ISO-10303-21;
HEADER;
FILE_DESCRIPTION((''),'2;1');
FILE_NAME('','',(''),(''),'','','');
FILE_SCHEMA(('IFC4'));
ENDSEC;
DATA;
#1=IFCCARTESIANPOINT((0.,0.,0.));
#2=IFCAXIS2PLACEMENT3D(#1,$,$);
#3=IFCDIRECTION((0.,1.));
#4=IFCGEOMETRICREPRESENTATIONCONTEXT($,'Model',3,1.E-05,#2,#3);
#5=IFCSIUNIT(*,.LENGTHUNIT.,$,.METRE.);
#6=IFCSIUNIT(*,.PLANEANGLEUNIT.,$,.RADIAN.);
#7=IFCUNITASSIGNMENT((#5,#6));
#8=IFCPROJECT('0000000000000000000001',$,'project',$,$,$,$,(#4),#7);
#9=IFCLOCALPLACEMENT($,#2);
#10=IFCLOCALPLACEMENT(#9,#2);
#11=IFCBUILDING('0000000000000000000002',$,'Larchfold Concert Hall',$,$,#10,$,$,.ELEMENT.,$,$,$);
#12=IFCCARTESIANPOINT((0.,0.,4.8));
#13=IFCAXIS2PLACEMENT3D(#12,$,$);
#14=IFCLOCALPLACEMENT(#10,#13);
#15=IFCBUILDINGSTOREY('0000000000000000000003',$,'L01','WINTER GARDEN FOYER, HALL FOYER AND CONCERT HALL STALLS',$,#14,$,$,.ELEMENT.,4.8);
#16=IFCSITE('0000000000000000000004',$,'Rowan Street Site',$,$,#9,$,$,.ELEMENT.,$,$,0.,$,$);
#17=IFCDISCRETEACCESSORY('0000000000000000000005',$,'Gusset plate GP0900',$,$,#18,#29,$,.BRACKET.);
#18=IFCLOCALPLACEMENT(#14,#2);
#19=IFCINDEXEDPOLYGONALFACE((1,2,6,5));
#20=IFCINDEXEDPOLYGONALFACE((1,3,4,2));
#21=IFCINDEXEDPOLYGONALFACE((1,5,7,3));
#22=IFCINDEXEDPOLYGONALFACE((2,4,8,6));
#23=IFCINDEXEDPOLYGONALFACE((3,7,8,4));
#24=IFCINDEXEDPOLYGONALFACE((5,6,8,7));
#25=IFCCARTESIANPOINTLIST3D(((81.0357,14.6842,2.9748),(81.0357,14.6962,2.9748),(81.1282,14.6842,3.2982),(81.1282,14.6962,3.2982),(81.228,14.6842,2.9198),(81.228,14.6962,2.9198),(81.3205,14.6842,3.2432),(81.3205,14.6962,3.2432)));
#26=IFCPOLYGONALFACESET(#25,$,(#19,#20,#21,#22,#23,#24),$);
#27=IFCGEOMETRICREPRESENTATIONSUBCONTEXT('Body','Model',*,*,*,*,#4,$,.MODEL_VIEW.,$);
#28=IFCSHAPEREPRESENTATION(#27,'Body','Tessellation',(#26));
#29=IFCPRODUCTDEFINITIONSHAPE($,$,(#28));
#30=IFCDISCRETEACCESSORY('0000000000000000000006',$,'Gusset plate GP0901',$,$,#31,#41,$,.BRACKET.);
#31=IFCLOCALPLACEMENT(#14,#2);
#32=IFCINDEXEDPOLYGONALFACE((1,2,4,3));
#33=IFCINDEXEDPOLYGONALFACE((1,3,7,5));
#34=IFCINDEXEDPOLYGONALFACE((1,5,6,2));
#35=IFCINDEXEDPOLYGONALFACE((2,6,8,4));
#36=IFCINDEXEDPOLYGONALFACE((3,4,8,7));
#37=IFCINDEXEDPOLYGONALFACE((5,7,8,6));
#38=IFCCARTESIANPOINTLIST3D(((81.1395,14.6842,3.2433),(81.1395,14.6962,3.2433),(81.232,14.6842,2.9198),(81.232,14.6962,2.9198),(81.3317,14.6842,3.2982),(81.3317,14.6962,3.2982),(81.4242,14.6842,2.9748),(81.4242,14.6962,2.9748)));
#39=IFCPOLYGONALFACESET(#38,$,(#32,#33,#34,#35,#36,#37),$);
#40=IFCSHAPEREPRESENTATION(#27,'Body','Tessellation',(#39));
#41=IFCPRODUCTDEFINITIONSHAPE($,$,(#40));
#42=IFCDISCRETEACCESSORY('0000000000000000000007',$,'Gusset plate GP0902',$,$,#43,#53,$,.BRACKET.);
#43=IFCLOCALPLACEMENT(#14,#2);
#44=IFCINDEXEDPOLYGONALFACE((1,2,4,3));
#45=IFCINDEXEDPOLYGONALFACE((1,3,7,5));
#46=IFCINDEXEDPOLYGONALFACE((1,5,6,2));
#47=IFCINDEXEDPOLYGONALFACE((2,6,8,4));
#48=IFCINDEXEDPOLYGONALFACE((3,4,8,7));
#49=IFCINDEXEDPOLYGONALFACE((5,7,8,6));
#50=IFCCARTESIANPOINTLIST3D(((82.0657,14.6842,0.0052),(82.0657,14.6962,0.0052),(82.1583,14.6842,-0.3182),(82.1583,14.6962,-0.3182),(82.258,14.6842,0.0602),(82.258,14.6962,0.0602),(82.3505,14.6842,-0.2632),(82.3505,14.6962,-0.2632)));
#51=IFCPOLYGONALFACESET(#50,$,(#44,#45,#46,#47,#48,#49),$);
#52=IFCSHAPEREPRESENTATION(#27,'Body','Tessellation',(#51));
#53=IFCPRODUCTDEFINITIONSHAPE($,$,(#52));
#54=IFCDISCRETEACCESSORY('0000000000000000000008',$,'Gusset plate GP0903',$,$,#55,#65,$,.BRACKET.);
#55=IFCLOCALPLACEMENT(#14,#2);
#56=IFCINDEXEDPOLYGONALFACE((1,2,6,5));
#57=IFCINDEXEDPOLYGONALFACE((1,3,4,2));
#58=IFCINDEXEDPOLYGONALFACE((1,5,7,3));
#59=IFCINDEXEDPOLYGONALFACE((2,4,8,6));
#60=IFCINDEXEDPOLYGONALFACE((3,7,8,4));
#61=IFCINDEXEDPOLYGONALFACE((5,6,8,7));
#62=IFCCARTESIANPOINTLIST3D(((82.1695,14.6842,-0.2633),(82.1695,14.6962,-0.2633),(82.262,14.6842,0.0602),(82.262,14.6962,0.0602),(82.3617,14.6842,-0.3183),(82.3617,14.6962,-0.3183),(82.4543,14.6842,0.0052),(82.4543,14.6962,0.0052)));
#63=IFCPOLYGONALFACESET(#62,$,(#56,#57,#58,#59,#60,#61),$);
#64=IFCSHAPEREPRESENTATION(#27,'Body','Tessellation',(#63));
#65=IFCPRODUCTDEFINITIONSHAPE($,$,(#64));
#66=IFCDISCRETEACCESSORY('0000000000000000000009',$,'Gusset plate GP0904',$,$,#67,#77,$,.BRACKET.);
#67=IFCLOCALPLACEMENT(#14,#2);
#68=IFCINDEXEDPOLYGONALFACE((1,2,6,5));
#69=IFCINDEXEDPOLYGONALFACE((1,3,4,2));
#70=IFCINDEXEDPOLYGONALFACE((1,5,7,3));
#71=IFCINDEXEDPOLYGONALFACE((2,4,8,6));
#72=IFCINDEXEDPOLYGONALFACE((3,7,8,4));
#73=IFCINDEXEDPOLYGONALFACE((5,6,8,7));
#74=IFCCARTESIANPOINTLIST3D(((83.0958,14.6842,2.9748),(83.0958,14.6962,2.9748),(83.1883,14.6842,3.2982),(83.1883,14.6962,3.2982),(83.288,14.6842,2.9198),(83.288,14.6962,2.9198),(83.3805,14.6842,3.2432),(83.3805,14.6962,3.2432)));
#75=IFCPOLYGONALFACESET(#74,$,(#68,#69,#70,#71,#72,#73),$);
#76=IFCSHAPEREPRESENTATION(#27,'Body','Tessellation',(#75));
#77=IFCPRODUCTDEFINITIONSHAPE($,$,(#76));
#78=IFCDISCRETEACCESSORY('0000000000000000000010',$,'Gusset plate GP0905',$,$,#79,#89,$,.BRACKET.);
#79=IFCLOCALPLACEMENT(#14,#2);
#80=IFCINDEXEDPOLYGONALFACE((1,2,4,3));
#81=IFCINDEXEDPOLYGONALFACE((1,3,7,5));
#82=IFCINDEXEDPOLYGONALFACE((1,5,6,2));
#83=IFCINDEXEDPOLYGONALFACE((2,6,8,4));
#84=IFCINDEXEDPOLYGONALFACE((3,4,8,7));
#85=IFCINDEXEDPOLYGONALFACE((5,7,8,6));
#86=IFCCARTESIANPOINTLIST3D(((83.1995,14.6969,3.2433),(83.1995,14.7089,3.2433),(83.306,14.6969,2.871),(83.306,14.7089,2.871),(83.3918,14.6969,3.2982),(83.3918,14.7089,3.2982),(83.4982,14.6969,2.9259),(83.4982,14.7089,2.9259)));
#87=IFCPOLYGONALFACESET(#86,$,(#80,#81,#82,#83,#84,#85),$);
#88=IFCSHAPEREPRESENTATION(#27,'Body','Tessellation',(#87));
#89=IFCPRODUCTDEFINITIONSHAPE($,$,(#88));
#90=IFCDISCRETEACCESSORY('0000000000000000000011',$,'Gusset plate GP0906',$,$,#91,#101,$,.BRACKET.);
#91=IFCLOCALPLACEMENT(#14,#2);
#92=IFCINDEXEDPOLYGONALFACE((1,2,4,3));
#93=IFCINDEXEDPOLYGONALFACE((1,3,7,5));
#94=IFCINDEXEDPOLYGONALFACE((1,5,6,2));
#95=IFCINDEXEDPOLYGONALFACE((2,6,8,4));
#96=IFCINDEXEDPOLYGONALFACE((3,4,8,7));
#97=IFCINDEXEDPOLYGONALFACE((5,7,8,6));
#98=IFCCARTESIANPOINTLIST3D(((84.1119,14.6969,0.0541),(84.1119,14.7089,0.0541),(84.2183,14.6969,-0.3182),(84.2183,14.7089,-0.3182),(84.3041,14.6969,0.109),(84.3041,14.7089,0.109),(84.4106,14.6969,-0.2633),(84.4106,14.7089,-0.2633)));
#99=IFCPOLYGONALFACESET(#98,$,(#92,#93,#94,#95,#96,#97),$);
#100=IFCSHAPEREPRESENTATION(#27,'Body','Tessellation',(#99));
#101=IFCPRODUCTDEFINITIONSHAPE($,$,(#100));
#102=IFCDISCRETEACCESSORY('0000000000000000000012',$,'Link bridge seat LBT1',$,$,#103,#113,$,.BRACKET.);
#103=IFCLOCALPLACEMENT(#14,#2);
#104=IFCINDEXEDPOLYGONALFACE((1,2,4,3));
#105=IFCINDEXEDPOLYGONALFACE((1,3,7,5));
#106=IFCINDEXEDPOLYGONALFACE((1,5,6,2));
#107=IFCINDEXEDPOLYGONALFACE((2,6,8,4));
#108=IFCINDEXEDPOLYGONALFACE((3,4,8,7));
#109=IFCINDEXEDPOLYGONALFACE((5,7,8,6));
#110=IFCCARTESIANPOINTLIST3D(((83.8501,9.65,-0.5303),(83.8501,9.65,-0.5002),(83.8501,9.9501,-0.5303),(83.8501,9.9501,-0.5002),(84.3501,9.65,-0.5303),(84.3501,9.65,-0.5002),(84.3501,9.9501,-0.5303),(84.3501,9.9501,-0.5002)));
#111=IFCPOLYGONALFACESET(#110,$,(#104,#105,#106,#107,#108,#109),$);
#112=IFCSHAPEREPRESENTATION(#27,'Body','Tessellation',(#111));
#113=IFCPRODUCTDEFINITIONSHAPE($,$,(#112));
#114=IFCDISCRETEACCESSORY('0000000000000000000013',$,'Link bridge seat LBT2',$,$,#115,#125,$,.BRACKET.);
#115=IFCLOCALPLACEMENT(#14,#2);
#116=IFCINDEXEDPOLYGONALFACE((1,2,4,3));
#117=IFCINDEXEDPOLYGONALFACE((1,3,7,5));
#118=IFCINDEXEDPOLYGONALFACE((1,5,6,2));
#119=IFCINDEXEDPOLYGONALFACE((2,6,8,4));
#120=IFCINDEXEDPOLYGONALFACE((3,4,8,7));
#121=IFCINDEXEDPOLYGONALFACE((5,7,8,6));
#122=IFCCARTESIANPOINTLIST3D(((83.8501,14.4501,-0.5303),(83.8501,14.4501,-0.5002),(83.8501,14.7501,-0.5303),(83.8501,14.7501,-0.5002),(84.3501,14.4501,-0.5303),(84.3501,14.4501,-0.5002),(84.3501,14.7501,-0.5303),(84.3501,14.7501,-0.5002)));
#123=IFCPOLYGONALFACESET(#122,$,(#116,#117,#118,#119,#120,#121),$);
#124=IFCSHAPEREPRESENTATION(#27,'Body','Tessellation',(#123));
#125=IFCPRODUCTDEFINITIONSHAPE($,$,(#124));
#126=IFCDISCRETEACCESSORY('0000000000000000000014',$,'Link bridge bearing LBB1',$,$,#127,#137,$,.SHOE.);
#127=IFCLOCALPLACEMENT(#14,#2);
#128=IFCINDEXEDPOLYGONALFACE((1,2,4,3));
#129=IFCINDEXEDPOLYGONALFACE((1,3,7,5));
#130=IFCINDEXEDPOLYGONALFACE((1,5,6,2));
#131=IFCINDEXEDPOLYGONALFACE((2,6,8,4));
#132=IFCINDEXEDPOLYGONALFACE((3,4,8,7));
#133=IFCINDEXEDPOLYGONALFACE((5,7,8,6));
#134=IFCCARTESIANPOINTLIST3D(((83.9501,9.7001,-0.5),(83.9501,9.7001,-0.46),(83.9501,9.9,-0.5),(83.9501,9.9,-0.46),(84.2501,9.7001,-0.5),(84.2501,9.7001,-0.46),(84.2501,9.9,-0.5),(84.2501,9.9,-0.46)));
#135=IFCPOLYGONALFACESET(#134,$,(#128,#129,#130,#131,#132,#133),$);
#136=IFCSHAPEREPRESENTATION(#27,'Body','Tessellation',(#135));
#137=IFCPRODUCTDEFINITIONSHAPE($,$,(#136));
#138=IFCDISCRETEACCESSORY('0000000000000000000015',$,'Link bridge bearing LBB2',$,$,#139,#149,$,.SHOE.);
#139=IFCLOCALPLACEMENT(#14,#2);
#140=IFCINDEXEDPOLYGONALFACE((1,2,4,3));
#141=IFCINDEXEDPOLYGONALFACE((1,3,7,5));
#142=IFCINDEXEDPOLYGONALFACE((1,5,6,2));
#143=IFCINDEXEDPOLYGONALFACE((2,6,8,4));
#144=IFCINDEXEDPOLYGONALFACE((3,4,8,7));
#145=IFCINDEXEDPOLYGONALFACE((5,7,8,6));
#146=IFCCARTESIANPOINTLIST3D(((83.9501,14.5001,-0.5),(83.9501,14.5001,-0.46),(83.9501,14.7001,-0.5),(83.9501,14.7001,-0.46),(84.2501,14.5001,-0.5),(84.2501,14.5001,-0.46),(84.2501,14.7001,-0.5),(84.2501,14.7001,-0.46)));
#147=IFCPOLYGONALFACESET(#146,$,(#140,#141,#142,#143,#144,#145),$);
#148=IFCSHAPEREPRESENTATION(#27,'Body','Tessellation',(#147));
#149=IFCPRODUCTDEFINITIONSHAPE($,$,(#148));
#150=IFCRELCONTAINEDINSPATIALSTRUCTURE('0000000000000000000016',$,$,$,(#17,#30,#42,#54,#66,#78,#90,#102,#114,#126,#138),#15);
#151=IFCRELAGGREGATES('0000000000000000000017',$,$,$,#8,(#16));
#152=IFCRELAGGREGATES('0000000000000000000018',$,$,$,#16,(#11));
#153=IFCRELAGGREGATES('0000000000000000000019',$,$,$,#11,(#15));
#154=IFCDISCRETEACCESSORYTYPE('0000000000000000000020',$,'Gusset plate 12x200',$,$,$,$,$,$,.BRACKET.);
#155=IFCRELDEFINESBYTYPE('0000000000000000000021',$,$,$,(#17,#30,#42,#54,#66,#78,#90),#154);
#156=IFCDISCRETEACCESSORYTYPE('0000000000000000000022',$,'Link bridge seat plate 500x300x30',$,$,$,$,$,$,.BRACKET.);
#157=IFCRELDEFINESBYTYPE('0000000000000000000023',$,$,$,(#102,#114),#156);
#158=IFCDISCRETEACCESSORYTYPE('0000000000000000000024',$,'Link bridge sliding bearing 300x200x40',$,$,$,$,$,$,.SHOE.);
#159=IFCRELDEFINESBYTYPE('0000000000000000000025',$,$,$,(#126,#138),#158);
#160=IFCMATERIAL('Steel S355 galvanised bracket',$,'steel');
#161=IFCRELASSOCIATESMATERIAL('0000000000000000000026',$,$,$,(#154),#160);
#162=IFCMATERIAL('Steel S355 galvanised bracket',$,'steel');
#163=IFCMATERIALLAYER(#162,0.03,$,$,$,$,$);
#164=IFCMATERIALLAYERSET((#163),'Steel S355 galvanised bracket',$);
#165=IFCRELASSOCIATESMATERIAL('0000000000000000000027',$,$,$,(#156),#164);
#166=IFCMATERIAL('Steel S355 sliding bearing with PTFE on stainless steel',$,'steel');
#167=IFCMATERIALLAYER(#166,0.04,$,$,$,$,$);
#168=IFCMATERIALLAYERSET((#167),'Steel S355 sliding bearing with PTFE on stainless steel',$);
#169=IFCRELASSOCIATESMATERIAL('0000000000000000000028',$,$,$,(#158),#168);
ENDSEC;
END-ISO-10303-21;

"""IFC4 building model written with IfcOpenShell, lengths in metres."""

from ifc_helpers import new_model, si_unit, direction, frame, origin, origin_2d, place, context, subcontext, project, spatial, rectangle, extrude, material, layer, layer_set, material_profile, profile_set, type_object, element, save


model = new_model("IFC4")

# Units and contexts
model_context = context("Model", 3, precision=1e-05, world=origin(), true_north=direction((0.0, 1.0)))
body_context = subcontext(model_context, "Body", "Model", "MODEL_VIEW")
ifc_project = project(units=[si_unit("LENGTHUNIT", "METRE"), si_unit("PLANEANGLEUNIT", "RADIAN")], contexts=[model_context])

# Site, building, storey
site_placement = place(None, origin())
site = spatial("IfcSite", under=ifc_project, at=site_placement, Name="Rowan Street Site", CompositionType="ELEMENT", RefElevation=0.0)
building_placement = place(site_placement, origin())
building = spatial("IfcBuilding", under=site, at=building_placement, Name="Larchfold Concert Hall", CompositionType="ELEMENT")
storey_placement = place(building_placement, frame((0.0, 0.0, 4.8)))
storey = spatial("IfcBuildingStorey", under=building, at=storey_placement, Name="L01", Description="WINTER GARDEN FOYER, HALL FOYER AND CONCERT HALL STALLS", CompositionType="ELEMENT", Elevation=4.8)

# Discrete accessories
ifc_material_1 = material(Name="Steel S355 galvanised bracket", Category="steel")
ifc_material_profile_1 = material_profile(ifc_material_1, rectangle(XDim=0.012, YDim=0.2, at=origin_2d()))
ifc_profile_set_1 = profile_set([ifc_material_profile_1], Name="Steel S355 galvanised bracket")
discrete_accessory_type_1 = type_object("IfcDiscreteAccessoryType", Name="Gusset plate 12x200", PredefinedType="BRACKET", material=ifc_profile_set_1)
for number, where, z_axis, x_axis, name in (
    (1, (81.1318, 14.6902, 2.9473), (0.275009, 0.0, 0.961442), (0.0, 1.0, 0.0), "Gusset plate GP0900"),
    (2, (81.2356, 14.6902, 3.2708), (0.275009, 0.0, -0.961442), (0.0, 1.0, 0.0), "Gusset plate GP0901"),
    (3, (82.1619, 14.6902, 0.0327), (0.275009, 0.0, -0.961442), (0.0, 1.0, 0.0), "Gusset plate GP0902"),
    (4, (82.2656, 14.6902, -0.2908), (0.275009, 0.0, 0.961442), (0.0, 1.0, 0.0), "Gusset plate GP0903"),
    (5, (83.1919, 14.6902, 2.9473), (0.275009, 0.0, 0.961442), (0.0, 1.0, 0.0), "Gusset plate GP0904"),
):
    element("IfcDiscreteAccessory", number, at=place(storey_placement, frame(where, z_axis=z_axis, x_axis=x_axis)), inside=storey, type_object=discrete_accessory_type_1, Name=name, PredefinedType="BRACKET", context=body_context, shape_type="SweptSolid", body=[
        extrude(rectangle(XDim=0.012, YDim=0.2, at=origin_2d()), origin(), (0.0, 0.0, 1.0), 0.3364),
    ])
for number, where, z_axis, x_axis, name in (
    (6, (83.2957, 14.7029, 3.2708), (0.274888, 0.0, -0.961476), (0.0, 1.0, 0.0), "Gusset plate GP0905"),
    (7, (84.208, 14.7029, 0.0815), (0.274888, 0.0, -0.961476), (0.0, 1.0, 0.0), "Gusset plate GP0906"),
):
    element("IfcDiscreteAccessory", number, at=place(storey_placement, frame(where, z_axis=z_axis, x_axis=x_axis)), inside=storey, type_object=discrete_accessory_type_1, Name=name, PredefinedType="BRACKET", context=body_context, shape_type="SweptSolid", body=[
        extrude(rectangle(XDim=0.012, YDim=0.2, at=origin_2d()), origin(), (0.0, 0.0, 1.0), 0.3872),
    ])
ifc_material_2 = material(Name="Steel S355 galvanised bracket", Category="steel")
ifc_layer_1 = layer(ifc_material_2, 0.03)
ifc_layer_set_1 = layer_set([ifc_layer_1], Name="Steel S355 galvanised bracket")
discrete_accessory_type_2 = type_object("IfcDiscreteAccessoryType", Name="Link bridge seat plate 500x300x30", PredefinedType="BRACKET", material=ifc_layer_set_1)
for number, where, z_axis, x_axis, name in (
    (8, (84.1001, 9.8, -0.5303), (0.0, 0.0, 1.0), (1.0, 0.0, 0.0), "Link bridge seat LBT1"),
    (9, (84.1001, 14.6001, -0.5303), (0.0, 0.0, 1.0), (1.0, 0.0, 0.0), "Link bridge seat LBT2"),
):
    element("IfcDiscreteAccessory", number, at=place(storey_placement, frame(where, z_axis=z_axis, x_axis=x_axis)), inside=storey, type_object=discrete_accessory_type_2, Name=name, PredefinedType="BRACKET", context=body_context, shape_type="SweptSolid", body=[
        extrude(rectangle(XDim=0.5, YDim=0.3, at=origin_2d()), origin(), (0.0, 0.0, 1.0), 0.03),
    ])
ifc_material_3 = material(Name="Steel S355 sliding bearing with PTFE on stainless steel", Category="steel")
ifc_layer_2 = layer(ifc_material_3, 0.04)
ifc_layer_set_2 = layer_set([ifc_layer_2], Name="Steel S355 sliding bearing with PTFE on stainless steel")
discrete_accessory_type_3 = type_object("IfcDiscreteAccessoryType", Name="Link bridge sliding bearing 300x200x40", PredefinedType="SHOE", material=ifc_layer_set_2)
for number, where, z_axis, x_axis, name in (
    (10, (84.1001, 9.8, -0.5), (0.0, 0.0, 1.0), (1.0, 0.0, 0.0), "Link bridge bearing LBB1"),
    (11, (84.1001, 14.6001, -0.5), (0.0, 0.0, 1.0), (1.0, 0.0, 0.0), "Link bridge bearing LBB2"),
):
    element("IfcDiscreteAccessory", number, at=place(storey_placement, frame(where, z_axis=z_axis, x_axis=x_axis)), inside=storey, type_object=discrete_accessory_type_3, Name=name, PredefinedType="SHOE", context=body_context, shape_type="SweptSolid", body=[
        extrude(rectangle(XDim=0.3, YDim=0.2, at=origin_2d()), origin(), (0.0, 0.0, 1.0), 0.04),
    ])

save(model, "model.ifc")
